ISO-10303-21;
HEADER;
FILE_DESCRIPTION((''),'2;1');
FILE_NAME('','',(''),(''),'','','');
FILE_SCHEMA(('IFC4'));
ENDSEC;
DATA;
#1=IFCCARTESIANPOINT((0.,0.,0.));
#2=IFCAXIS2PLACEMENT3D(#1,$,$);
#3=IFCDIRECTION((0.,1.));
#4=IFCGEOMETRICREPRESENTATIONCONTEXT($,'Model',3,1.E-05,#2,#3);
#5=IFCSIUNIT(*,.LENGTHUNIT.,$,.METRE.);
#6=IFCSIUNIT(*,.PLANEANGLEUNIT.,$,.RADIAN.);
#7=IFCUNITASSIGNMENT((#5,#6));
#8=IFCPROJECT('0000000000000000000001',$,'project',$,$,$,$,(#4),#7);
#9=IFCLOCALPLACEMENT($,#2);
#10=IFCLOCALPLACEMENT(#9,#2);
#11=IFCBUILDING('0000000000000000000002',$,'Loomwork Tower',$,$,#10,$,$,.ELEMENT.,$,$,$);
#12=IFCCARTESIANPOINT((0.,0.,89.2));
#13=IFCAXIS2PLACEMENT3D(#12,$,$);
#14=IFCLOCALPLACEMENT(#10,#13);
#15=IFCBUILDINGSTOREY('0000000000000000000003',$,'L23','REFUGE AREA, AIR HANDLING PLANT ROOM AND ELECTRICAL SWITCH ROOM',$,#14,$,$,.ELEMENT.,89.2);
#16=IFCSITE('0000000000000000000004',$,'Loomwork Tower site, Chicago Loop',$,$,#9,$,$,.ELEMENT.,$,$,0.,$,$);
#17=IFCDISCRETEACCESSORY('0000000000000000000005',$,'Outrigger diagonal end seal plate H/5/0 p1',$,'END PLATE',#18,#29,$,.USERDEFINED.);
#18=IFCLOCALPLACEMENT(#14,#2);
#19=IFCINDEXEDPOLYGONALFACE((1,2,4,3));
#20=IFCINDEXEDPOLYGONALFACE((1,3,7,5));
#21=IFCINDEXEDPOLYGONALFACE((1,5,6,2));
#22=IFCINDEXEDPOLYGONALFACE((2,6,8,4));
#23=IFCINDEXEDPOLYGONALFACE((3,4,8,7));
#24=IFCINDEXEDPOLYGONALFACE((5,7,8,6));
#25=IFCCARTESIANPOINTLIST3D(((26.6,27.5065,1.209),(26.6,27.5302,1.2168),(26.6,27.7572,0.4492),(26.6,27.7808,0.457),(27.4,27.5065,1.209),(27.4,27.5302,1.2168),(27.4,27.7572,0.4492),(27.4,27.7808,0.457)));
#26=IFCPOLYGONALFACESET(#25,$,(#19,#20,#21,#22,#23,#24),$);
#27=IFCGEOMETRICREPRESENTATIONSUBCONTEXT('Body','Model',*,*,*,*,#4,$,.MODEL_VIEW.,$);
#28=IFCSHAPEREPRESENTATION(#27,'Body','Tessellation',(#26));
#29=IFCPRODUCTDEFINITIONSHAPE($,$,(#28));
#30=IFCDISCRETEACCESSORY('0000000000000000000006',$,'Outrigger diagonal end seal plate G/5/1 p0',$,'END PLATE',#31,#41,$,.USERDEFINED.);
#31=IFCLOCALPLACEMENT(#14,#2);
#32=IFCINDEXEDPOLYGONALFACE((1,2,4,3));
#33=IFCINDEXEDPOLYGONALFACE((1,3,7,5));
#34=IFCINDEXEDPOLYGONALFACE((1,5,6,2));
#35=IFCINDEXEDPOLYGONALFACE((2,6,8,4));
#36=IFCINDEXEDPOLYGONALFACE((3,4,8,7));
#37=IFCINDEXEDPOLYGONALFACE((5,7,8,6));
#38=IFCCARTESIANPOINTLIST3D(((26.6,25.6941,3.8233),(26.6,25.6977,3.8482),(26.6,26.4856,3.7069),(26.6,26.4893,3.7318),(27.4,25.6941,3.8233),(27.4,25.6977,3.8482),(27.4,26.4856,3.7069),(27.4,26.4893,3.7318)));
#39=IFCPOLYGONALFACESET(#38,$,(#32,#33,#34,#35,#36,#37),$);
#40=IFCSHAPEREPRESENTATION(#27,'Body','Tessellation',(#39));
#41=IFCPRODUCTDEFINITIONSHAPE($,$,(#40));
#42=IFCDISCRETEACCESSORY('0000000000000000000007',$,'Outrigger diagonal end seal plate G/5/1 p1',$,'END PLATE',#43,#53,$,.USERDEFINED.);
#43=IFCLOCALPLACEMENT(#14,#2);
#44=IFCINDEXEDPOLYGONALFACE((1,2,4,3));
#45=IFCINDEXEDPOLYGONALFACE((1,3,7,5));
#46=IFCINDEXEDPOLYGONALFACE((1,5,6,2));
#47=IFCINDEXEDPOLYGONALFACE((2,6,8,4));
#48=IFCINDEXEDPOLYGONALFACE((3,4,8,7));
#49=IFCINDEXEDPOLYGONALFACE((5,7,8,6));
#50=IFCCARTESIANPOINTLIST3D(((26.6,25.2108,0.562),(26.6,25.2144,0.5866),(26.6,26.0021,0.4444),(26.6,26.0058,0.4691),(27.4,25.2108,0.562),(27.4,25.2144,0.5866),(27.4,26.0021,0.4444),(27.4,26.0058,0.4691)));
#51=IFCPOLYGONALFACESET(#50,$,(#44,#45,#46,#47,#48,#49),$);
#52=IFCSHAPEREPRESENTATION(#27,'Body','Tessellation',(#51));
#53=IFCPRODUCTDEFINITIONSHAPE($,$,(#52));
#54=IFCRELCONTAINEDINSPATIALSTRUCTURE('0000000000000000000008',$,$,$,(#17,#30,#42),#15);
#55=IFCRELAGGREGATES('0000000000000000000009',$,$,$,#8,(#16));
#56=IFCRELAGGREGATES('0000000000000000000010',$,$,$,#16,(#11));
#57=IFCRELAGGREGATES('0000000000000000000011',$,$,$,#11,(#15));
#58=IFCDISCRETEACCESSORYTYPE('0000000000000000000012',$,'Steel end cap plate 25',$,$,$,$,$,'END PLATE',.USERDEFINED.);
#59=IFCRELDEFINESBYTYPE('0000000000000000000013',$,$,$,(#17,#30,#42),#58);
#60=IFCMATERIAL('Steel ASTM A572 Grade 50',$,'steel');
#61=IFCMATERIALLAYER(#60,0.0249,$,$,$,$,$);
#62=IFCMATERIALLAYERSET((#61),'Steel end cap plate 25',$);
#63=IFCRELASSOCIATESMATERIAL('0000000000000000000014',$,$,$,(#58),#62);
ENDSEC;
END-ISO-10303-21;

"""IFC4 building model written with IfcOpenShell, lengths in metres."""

from ifc_helpers import new_model, si_unit, direction, frame, origin, origin_2d, place, context, subcontext, project, spatial, rectangle, extrude, material, layer, layer_set, type_object, element, save


model = new_model("IFC4")

# Units and contexts
model_context = context("Model", 3, precision=1e-05, world=origin(), true_north=direction((0.0, 1.0)))
body_context = subcontext(model_context, "Body", "Model", "MODEL_VIEW")
ifc_project = project(units=[si_unit("LENGTHUNIT", "METRE"), si_unit("PLANEANGLEUNIT", "RADIAN")], contexts=[model_context])

# Site, building, storey
site_placement = place(None, origin())
site = spatial("IfcSite", under=ifc_project, at=site_placement, Name="Loomwork Tower site, Chicago Loop", CompositionType="ELEMENT", RefElevation=0.0)
building_placement = place(site_placement, origin())
building = spatial("IfcBuilding", under=site, at=building_placement, Name="Loomwork Tower", CompositionType="ELEMENT")
storey_placement = place(building_placement, frame((0.0, 0.0, 89.2)))
storey = spatial("IfcBuildingStorey", under=building, at=storey_placement, Name="L23", Description="REFUGE AREA, AIR HANDLING PLANT ROOM AND ELECTRICAL SWITCH ROOM", CompositionType="ELEMENT", Elevation=89.2)

# Discrete accessories
ifc_material_1 = material(Name="Steel ASTM A572 Grade 50", Category="steel")
ifc_layer_1 = layer(ifc_material_1, 0.0249)
ifc_layer_set_1 = layer_set([ifc_layer_1], Name="Steel end cap plate 25")
discrete_accessory_type_1 = type_object("IfcDiscreteAccessoryType", Name="Steel end cap plate 25", ElementType="END PLATE", PredefinedType="USERDEFINED", material=ifc_layer_set_1)
discrete_accessory_1_placement = place(storey_placement, frame((27.0, 27.6555, 0.8369), z_axis=(0.0, -0.949658, -0.313289), x_axis=(1.0, 0.0, 0.0)))
element("IfcDiscreteAccessory", 1, at=discrete_accessory_1_placement, inside=storey, type_object=discrete_accessory_type_1, Name="Outrigger diagonal end seal plate H/5/0 p1", ObjectType="END PLATE", PredefinedType="USERDEFINED", context=body_context, shape_type="SweptSolid", body=[
    extrude(rectangle(XDim=0.8, YDim=0.8, at=origin_2d()), origin(), (0.0, 0.0, 1.0), 0.0249),
])
discrete_accessory_2_placement = place(storey_placement, frame((27.0, 26.0898, 3.7651), z_axis=(0.0, 0.145494, 0.989359), x_axis=(-1.0, 0.0, 0.0)))
element("IfcDiscreteAccessory", 2, at=discrete_accessory_2_placement, inside=storey, type_object=discrete_accessory_type_1, Name="Outrigger diagonal end seal plate G/5/1 p0", ObjectType="END PLATE", PredefinedType="USERDEFINED", context=body_context, shape_type="SweptSolid", body=[
    extrude(rectangle(XDim=0.8, YDim=0.8, at=origin_2d()), origin(), (0.0, 0.0, 1.0), 0.0251),
])
discrete_accessory_3_placement = place(storey_placement, frame((27.0, 25.6101, 0.5278), z_axis=(0.0, -0.146904, -0.989151), x_axis=(1.0, 0.0, 0.0)))
element("IfcDiscreteAccessory", 3, at=discrete_accessory_3_placement, inside=storey, type_object=discrete_accessory_type_1, Name="Outrigger diagonal end seal plate G/5/1 p1", ObjectType="END PLATE", PredefinedType="USERDEFINED", context=body_context, shape_type="SweptSolid", body=[
    extrude(rectangle(XDim=0.8, YDim=0.8, at=origin_2d()), origin(), (0.0, 0.0, 1.0), 0.0249),
])

save(model, "model.ifc")
